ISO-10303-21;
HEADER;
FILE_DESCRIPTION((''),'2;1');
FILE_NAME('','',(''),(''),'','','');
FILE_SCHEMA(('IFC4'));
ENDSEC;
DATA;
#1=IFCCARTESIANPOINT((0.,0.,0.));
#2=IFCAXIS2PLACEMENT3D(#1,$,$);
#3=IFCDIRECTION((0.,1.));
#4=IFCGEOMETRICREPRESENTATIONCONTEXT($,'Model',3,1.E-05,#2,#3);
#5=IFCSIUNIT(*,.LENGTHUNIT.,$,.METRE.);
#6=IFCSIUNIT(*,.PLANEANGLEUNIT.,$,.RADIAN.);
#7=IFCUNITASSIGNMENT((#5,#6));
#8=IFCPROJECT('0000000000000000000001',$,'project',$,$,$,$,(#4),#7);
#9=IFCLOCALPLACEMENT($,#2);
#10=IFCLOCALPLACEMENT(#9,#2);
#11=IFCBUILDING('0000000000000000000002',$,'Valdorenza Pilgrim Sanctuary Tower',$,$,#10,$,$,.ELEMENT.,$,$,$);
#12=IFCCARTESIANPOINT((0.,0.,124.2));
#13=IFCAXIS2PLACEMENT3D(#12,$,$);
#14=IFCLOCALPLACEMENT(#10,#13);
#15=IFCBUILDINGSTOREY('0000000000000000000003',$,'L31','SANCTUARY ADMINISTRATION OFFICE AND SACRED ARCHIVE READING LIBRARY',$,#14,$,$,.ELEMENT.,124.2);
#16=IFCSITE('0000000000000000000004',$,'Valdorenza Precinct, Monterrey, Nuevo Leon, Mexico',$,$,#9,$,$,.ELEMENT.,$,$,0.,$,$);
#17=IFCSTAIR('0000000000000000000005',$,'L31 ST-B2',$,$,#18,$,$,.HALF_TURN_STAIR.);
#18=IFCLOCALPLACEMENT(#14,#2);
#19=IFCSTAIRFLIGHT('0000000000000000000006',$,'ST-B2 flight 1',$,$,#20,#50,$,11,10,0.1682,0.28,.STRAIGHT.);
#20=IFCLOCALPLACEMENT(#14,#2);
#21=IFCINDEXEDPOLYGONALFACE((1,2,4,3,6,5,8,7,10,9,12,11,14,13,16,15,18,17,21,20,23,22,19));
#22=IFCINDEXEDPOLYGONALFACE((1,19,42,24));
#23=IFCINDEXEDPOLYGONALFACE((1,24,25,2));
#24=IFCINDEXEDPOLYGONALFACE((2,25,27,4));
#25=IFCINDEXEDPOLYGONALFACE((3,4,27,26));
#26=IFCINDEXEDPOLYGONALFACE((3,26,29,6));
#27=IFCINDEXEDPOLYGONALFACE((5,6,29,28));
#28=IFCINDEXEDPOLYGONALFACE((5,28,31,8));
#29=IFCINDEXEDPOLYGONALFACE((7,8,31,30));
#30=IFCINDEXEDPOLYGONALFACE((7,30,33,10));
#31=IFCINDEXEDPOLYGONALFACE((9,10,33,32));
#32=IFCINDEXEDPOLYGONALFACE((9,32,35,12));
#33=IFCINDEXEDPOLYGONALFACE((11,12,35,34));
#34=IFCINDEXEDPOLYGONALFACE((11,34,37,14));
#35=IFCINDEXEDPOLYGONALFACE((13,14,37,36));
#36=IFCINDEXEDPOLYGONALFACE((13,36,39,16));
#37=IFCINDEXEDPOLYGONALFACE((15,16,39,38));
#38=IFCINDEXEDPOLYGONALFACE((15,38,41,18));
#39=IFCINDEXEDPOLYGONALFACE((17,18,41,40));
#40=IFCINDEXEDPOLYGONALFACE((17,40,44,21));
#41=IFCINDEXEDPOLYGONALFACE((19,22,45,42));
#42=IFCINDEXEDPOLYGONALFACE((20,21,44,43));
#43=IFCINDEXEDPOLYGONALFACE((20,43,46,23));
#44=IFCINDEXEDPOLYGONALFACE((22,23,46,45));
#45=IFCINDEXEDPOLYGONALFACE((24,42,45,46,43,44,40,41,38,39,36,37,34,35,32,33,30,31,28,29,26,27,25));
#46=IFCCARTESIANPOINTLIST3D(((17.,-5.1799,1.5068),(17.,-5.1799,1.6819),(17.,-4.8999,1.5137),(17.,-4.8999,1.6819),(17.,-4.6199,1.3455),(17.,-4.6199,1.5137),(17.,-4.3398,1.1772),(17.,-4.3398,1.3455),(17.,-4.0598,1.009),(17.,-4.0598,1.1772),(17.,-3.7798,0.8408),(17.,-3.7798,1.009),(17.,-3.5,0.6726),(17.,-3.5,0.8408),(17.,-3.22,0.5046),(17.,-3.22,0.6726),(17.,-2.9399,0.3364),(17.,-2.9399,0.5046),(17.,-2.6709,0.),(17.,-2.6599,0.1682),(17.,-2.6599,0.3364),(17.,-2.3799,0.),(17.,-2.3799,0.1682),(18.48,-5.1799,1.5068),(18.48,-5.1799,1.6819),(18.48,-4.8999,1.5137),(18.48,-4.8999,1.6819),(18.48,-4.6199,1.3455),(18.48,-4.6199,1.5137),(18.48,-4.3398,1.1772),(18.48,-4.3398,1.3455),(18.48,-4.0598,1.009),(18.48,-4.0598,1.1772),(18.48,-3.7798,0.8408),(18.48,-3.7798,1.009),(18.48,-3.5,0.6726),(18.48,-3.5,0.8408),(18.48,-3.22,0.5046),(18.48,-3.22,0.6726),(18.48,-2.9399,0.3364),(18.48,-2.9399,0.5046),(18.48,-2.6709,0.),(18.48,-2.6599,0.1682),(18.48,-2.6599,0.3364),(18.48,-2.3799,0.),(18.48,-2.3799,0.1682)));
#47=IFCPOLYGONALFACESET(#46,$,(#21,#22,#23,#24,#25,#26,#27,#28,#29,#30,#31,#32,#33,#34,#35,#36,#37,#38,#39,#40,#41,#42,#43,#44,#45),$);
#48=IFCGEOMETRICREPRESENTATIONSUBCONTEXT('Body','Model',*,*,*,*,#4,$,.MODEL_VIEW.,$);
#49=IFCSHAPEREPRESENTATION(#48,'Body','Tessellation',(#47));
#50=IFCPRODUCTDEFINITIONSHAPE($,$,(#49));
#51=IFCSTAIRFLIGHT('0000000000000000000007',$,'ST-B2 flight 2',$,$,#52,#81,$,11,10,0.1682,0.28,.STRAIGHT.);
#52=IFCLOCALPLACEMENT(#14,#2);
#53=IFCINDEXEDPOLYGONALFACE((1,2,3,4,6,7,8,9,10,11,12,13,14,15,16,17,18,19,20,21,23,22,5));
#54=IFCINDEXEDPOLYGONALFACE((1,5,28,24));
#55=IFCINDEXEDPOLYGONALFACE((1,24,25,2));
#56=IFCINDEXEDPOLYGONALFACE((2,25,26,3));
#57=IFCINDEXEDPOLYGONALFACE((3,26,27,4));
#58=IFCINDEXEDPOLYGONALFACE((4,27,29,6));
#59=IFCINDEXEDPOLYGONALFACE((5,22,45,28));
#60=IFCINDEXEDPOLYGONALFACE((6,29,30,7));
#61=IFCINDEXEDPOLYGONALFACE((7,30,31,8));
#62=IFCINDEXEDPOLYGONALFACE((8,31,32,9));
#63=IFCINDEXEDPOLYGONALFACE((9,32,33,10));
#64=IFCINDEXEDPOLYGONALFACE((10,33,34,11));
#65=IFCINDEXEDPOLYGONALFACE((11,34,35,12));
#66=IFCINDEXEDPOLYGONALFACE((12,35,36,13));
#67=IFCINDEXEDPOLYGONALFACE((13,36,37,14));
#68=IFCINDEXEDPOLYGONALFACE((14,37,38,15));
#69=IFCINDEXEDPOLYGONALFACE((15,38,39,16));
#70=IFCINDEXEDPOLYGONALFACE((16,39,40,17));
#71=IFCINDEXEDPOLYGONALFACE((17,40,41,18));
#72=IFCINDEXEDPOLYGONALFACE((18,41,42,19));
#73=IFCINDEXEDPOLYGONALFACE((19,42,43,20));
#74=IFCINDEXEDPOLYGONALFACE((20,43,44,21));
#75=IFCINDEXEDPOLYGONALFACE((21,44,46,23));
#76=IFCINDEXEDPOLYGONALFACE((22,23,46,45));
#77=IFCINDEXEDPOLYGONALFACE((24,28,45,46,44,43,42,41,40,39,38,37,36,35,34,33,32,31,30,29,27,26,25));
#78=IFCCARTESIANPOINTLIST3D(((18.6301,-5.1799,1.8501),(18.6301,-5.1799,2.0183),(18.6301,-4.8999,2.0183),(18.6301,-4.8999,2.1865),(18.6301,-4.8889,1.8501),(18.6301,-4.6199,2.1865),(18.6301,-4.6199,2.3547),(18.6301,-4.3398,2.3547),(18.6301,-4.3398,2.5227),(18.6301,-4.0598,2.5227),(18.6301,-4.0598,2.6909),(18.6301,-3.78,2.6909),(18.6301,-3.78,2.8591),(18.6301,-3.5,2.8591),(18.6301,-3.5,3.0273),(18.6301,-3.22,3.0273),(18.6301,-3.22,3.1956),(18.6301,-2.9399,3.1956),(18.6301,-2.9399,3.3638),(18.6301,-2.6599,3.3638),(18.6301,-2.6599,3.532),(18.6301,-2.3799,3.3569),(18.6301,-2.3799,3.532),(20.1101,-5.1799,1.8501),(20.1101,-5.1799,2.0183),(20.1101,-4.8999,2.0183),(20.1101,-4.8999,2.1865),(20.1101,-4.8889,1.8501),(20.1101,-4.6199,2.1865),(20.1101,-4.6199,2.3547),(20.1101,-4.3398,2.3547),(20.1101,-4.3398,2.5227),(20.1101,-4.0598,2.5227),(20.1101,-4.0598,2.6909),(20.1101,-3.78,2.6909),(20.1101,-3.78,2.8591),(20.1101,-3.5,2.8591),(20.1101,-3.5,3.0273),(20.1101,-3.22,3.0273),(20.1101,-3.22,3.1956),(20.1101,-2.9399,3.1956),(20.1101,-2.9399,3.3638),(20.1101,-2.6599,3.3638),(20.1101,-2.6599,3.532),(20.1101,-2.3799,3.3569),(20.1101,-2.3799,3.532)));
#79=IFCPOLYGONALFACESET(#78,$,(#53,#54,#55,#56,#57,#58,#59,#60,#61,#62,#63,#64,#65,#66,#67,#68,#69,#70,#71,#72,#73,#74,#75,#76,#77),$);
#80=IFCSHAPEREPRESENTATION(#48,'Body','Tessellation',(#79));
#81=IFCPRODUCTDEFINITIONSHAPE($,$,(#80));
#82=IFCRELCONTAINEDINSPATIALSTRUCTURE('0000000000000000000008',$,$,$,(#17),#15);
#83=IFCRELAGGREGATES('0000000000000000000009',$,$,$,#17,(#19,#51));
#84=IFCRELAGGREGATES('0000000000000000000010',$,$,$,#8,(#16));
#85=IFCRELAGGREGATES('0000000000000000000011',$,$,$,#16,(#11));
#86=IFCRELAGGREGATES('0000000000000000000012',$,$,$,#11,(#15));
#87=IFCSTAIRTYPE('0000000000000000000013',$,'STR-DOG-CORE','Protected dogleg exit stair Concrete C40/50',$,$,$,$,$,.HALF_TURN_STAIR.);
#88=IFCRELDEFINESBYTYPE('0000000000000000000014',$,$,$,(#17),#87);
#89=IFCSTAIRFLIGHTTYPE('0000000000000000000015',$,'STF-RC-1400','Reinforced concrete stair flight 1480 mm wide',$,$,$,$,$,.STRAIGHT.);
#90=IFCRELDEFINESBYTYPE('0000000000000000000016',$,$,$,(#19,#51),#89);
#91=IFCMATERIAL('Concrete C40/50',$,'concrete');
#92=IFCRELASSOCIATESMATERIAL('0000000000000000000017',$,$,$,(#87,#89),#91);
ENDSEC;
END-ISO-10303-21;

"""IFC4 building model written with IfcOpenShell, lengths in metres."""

from ifc_helpers import new_model, si_unit, direction, frame, origin, place, context, subcontext, project, spatial, polyline, outline, extrude, material, type_object, element, aggregate, save


model = new_model("IFC4")

# Units and contexts
model_context = context("Model", 3, precision=1e-05, world=origin(), true_north=direction((0.0, 1.0)))
body_context = subcontext(model_context, "Body", "Model", "MODEL_VIEW")
ifc_project = project(units=[si_unit("LENGTHUNIT", "METRE"), si_unit("PLANEANGLEUNIT", "RADIAN")], contexts=[model_context])

# Site, building, storey
site_placement = place(None, origin())
site = spatial("IfcSite", under=ifc_project, at=site_placement, Name="Valdorenza Precinct, Monterrey, Nuevo Leon, Mexico", CompositionType="ELEMENT", RefElevation=0.0)
building_placement = place(site_placement, origin())
building = spatial("IfcBuilding", under=site, at=building_placement, Name="Valdorenza Pilgrim Sanctuary Tower", CompositionType="ELEMENT")
storey_placement = place(building_placement, frame((0.0, 0.0, 124.2)))
storey = spatial("IfcBuildingStorey", under=building, at=storey_placement, Name="L31", Description="SANCTUARY ADMINISTRATION OFFICE AND SACRED ARCHIVE READING LIBRARY", CompositionType="ELEMENT", Elevation=124.2)

# Shared definitions
ifc_material_1 = material(Name="Concrete C40/50", Category="concrete")

# Stair, stair flights
stair_type = type_object("IfcStairType", Name="STR-DOG-CORE", Description="Protected dogleg exit stair Concrete C40/50", PredefinedType="HALF_TURN_STAIR", material=ifc_material_1)
stair_placement = place(storey_placement, origin())
stair = element("IfcStair", 1, at=stair_placement, inside=storey, type_object=stair_type, Name="L31 ST-B2", PredefinedType="HALF_TURN_STAIR")
stair_flight_type = type_object("IfcStairFlightType", Name="STF-RC-1400", Description="Reinforced concrete stair flight 1480 mm wide", PredefinedType="STRAIGHT", material=ifc_material_1)
stair_flight_1_placement = place(storey_placement, frame((17.74, -2.3799, 0.0), z_axis=(0.0, 0.0, 1.0), x_axis=(0.0, -1.0, 0.0)))
stair_flight_1 = element("IfcStairFlight", 2, at=stair_flight_1_placement, type_object=stair_flight_type, Name="ST-B2 flight 1", NumberOfRisers=11, NumberOfTreads=10, PredefinedType="STRAIGHT", RiserHeight=0.1682, TreadLength=0.28, context=body_context, shape_type="SweptSolid", body=[
    extrude(outline(polyline([(0.0, 0.0), (0.0, 0.1682), (0.28, 0.1682), (0.28, 0.3364), (0.5601, 0.3364), (0.5601, 0.5046), (0.8401, 0.5046), (0.8401, 0.6726), (1.1201, 0.6726), (1.1201, 0.8408), (1.3999, 0.8408), (1.3999, 1.009), (1.6799, 1.009), (1.6799, 1.1772), (1.96, 1.1772), (1.96, 1.3455), (2.24, 1.3455), (2.24, 1.5137), (2.52, 1.5137), (2.52, 1.6819), (2.8, 1.6819), (2.8, 1.8501), (2.8, 1.5068), (0.291, 0.0), (0.0, 0.0)])), frame((0.0, 0.74, 0.0), z_axis=(0.0, -1.0, 0.0), x_axis=(1.0, 0.0, 0.0)), (0.0, 0.0, 1.0), 1.48),
])
stair_flight_2_placement = place(storey_placement, frame((19.3701, -5.1799, 1.8501), z_axis=(0.0, 0.0, 1.0), x_axis=(0.0, 1.0, 0.0)))
stair_flight_2 = element("IfcStairFlight", 3, at=stair_flight_2_placement, type_object=stair_flight_type, Name="ST-B2 flight 2", NumberOfRisers=11, NumberOfTreads=10, PredefinedType="STRAIGHT", RiserHeight=0.1682, TreadLength=0.28, context=body_context, shape_type="SweptSolid", body=[
    extrude(outline(polyline([(0.0, 0.0), (0.0, 0.1682), (0.28, 0.1682), (0.28, 0.3364), (0.5601, 0.3364), (0.5601, 0.5046), (0.8401, 0.5046), (0.8401, 0.6726), (1.1201, 0.6726), (1.1201, 0.8408), (1.3999, 0.8408), (1.3999, 1.009), (1.6799, 1.009), (1.6799, 1.1772), (1.96, 1.1772), (1.96, 1.3455), (2.24, 1.3455), (2.24, 1.5137), (2.52, 1.5137), (2.52, 1.6819), (2.8, 1.6819), (2.8, 1.8501), (2.8, 1.5068), (0.291, 0.0), (0.0, 0.0)])), frame((0.0, 0.74, 0.0), z_axis=(0.0, -1.0, 0.0), x_axis=(1.0, 0.0, 0.0)), (0.0, 0.0, 1.0), 1.48),
])
aggregate(stair, [stair_flight_1, stair_flight_2])

save(model, "model.ifc")
